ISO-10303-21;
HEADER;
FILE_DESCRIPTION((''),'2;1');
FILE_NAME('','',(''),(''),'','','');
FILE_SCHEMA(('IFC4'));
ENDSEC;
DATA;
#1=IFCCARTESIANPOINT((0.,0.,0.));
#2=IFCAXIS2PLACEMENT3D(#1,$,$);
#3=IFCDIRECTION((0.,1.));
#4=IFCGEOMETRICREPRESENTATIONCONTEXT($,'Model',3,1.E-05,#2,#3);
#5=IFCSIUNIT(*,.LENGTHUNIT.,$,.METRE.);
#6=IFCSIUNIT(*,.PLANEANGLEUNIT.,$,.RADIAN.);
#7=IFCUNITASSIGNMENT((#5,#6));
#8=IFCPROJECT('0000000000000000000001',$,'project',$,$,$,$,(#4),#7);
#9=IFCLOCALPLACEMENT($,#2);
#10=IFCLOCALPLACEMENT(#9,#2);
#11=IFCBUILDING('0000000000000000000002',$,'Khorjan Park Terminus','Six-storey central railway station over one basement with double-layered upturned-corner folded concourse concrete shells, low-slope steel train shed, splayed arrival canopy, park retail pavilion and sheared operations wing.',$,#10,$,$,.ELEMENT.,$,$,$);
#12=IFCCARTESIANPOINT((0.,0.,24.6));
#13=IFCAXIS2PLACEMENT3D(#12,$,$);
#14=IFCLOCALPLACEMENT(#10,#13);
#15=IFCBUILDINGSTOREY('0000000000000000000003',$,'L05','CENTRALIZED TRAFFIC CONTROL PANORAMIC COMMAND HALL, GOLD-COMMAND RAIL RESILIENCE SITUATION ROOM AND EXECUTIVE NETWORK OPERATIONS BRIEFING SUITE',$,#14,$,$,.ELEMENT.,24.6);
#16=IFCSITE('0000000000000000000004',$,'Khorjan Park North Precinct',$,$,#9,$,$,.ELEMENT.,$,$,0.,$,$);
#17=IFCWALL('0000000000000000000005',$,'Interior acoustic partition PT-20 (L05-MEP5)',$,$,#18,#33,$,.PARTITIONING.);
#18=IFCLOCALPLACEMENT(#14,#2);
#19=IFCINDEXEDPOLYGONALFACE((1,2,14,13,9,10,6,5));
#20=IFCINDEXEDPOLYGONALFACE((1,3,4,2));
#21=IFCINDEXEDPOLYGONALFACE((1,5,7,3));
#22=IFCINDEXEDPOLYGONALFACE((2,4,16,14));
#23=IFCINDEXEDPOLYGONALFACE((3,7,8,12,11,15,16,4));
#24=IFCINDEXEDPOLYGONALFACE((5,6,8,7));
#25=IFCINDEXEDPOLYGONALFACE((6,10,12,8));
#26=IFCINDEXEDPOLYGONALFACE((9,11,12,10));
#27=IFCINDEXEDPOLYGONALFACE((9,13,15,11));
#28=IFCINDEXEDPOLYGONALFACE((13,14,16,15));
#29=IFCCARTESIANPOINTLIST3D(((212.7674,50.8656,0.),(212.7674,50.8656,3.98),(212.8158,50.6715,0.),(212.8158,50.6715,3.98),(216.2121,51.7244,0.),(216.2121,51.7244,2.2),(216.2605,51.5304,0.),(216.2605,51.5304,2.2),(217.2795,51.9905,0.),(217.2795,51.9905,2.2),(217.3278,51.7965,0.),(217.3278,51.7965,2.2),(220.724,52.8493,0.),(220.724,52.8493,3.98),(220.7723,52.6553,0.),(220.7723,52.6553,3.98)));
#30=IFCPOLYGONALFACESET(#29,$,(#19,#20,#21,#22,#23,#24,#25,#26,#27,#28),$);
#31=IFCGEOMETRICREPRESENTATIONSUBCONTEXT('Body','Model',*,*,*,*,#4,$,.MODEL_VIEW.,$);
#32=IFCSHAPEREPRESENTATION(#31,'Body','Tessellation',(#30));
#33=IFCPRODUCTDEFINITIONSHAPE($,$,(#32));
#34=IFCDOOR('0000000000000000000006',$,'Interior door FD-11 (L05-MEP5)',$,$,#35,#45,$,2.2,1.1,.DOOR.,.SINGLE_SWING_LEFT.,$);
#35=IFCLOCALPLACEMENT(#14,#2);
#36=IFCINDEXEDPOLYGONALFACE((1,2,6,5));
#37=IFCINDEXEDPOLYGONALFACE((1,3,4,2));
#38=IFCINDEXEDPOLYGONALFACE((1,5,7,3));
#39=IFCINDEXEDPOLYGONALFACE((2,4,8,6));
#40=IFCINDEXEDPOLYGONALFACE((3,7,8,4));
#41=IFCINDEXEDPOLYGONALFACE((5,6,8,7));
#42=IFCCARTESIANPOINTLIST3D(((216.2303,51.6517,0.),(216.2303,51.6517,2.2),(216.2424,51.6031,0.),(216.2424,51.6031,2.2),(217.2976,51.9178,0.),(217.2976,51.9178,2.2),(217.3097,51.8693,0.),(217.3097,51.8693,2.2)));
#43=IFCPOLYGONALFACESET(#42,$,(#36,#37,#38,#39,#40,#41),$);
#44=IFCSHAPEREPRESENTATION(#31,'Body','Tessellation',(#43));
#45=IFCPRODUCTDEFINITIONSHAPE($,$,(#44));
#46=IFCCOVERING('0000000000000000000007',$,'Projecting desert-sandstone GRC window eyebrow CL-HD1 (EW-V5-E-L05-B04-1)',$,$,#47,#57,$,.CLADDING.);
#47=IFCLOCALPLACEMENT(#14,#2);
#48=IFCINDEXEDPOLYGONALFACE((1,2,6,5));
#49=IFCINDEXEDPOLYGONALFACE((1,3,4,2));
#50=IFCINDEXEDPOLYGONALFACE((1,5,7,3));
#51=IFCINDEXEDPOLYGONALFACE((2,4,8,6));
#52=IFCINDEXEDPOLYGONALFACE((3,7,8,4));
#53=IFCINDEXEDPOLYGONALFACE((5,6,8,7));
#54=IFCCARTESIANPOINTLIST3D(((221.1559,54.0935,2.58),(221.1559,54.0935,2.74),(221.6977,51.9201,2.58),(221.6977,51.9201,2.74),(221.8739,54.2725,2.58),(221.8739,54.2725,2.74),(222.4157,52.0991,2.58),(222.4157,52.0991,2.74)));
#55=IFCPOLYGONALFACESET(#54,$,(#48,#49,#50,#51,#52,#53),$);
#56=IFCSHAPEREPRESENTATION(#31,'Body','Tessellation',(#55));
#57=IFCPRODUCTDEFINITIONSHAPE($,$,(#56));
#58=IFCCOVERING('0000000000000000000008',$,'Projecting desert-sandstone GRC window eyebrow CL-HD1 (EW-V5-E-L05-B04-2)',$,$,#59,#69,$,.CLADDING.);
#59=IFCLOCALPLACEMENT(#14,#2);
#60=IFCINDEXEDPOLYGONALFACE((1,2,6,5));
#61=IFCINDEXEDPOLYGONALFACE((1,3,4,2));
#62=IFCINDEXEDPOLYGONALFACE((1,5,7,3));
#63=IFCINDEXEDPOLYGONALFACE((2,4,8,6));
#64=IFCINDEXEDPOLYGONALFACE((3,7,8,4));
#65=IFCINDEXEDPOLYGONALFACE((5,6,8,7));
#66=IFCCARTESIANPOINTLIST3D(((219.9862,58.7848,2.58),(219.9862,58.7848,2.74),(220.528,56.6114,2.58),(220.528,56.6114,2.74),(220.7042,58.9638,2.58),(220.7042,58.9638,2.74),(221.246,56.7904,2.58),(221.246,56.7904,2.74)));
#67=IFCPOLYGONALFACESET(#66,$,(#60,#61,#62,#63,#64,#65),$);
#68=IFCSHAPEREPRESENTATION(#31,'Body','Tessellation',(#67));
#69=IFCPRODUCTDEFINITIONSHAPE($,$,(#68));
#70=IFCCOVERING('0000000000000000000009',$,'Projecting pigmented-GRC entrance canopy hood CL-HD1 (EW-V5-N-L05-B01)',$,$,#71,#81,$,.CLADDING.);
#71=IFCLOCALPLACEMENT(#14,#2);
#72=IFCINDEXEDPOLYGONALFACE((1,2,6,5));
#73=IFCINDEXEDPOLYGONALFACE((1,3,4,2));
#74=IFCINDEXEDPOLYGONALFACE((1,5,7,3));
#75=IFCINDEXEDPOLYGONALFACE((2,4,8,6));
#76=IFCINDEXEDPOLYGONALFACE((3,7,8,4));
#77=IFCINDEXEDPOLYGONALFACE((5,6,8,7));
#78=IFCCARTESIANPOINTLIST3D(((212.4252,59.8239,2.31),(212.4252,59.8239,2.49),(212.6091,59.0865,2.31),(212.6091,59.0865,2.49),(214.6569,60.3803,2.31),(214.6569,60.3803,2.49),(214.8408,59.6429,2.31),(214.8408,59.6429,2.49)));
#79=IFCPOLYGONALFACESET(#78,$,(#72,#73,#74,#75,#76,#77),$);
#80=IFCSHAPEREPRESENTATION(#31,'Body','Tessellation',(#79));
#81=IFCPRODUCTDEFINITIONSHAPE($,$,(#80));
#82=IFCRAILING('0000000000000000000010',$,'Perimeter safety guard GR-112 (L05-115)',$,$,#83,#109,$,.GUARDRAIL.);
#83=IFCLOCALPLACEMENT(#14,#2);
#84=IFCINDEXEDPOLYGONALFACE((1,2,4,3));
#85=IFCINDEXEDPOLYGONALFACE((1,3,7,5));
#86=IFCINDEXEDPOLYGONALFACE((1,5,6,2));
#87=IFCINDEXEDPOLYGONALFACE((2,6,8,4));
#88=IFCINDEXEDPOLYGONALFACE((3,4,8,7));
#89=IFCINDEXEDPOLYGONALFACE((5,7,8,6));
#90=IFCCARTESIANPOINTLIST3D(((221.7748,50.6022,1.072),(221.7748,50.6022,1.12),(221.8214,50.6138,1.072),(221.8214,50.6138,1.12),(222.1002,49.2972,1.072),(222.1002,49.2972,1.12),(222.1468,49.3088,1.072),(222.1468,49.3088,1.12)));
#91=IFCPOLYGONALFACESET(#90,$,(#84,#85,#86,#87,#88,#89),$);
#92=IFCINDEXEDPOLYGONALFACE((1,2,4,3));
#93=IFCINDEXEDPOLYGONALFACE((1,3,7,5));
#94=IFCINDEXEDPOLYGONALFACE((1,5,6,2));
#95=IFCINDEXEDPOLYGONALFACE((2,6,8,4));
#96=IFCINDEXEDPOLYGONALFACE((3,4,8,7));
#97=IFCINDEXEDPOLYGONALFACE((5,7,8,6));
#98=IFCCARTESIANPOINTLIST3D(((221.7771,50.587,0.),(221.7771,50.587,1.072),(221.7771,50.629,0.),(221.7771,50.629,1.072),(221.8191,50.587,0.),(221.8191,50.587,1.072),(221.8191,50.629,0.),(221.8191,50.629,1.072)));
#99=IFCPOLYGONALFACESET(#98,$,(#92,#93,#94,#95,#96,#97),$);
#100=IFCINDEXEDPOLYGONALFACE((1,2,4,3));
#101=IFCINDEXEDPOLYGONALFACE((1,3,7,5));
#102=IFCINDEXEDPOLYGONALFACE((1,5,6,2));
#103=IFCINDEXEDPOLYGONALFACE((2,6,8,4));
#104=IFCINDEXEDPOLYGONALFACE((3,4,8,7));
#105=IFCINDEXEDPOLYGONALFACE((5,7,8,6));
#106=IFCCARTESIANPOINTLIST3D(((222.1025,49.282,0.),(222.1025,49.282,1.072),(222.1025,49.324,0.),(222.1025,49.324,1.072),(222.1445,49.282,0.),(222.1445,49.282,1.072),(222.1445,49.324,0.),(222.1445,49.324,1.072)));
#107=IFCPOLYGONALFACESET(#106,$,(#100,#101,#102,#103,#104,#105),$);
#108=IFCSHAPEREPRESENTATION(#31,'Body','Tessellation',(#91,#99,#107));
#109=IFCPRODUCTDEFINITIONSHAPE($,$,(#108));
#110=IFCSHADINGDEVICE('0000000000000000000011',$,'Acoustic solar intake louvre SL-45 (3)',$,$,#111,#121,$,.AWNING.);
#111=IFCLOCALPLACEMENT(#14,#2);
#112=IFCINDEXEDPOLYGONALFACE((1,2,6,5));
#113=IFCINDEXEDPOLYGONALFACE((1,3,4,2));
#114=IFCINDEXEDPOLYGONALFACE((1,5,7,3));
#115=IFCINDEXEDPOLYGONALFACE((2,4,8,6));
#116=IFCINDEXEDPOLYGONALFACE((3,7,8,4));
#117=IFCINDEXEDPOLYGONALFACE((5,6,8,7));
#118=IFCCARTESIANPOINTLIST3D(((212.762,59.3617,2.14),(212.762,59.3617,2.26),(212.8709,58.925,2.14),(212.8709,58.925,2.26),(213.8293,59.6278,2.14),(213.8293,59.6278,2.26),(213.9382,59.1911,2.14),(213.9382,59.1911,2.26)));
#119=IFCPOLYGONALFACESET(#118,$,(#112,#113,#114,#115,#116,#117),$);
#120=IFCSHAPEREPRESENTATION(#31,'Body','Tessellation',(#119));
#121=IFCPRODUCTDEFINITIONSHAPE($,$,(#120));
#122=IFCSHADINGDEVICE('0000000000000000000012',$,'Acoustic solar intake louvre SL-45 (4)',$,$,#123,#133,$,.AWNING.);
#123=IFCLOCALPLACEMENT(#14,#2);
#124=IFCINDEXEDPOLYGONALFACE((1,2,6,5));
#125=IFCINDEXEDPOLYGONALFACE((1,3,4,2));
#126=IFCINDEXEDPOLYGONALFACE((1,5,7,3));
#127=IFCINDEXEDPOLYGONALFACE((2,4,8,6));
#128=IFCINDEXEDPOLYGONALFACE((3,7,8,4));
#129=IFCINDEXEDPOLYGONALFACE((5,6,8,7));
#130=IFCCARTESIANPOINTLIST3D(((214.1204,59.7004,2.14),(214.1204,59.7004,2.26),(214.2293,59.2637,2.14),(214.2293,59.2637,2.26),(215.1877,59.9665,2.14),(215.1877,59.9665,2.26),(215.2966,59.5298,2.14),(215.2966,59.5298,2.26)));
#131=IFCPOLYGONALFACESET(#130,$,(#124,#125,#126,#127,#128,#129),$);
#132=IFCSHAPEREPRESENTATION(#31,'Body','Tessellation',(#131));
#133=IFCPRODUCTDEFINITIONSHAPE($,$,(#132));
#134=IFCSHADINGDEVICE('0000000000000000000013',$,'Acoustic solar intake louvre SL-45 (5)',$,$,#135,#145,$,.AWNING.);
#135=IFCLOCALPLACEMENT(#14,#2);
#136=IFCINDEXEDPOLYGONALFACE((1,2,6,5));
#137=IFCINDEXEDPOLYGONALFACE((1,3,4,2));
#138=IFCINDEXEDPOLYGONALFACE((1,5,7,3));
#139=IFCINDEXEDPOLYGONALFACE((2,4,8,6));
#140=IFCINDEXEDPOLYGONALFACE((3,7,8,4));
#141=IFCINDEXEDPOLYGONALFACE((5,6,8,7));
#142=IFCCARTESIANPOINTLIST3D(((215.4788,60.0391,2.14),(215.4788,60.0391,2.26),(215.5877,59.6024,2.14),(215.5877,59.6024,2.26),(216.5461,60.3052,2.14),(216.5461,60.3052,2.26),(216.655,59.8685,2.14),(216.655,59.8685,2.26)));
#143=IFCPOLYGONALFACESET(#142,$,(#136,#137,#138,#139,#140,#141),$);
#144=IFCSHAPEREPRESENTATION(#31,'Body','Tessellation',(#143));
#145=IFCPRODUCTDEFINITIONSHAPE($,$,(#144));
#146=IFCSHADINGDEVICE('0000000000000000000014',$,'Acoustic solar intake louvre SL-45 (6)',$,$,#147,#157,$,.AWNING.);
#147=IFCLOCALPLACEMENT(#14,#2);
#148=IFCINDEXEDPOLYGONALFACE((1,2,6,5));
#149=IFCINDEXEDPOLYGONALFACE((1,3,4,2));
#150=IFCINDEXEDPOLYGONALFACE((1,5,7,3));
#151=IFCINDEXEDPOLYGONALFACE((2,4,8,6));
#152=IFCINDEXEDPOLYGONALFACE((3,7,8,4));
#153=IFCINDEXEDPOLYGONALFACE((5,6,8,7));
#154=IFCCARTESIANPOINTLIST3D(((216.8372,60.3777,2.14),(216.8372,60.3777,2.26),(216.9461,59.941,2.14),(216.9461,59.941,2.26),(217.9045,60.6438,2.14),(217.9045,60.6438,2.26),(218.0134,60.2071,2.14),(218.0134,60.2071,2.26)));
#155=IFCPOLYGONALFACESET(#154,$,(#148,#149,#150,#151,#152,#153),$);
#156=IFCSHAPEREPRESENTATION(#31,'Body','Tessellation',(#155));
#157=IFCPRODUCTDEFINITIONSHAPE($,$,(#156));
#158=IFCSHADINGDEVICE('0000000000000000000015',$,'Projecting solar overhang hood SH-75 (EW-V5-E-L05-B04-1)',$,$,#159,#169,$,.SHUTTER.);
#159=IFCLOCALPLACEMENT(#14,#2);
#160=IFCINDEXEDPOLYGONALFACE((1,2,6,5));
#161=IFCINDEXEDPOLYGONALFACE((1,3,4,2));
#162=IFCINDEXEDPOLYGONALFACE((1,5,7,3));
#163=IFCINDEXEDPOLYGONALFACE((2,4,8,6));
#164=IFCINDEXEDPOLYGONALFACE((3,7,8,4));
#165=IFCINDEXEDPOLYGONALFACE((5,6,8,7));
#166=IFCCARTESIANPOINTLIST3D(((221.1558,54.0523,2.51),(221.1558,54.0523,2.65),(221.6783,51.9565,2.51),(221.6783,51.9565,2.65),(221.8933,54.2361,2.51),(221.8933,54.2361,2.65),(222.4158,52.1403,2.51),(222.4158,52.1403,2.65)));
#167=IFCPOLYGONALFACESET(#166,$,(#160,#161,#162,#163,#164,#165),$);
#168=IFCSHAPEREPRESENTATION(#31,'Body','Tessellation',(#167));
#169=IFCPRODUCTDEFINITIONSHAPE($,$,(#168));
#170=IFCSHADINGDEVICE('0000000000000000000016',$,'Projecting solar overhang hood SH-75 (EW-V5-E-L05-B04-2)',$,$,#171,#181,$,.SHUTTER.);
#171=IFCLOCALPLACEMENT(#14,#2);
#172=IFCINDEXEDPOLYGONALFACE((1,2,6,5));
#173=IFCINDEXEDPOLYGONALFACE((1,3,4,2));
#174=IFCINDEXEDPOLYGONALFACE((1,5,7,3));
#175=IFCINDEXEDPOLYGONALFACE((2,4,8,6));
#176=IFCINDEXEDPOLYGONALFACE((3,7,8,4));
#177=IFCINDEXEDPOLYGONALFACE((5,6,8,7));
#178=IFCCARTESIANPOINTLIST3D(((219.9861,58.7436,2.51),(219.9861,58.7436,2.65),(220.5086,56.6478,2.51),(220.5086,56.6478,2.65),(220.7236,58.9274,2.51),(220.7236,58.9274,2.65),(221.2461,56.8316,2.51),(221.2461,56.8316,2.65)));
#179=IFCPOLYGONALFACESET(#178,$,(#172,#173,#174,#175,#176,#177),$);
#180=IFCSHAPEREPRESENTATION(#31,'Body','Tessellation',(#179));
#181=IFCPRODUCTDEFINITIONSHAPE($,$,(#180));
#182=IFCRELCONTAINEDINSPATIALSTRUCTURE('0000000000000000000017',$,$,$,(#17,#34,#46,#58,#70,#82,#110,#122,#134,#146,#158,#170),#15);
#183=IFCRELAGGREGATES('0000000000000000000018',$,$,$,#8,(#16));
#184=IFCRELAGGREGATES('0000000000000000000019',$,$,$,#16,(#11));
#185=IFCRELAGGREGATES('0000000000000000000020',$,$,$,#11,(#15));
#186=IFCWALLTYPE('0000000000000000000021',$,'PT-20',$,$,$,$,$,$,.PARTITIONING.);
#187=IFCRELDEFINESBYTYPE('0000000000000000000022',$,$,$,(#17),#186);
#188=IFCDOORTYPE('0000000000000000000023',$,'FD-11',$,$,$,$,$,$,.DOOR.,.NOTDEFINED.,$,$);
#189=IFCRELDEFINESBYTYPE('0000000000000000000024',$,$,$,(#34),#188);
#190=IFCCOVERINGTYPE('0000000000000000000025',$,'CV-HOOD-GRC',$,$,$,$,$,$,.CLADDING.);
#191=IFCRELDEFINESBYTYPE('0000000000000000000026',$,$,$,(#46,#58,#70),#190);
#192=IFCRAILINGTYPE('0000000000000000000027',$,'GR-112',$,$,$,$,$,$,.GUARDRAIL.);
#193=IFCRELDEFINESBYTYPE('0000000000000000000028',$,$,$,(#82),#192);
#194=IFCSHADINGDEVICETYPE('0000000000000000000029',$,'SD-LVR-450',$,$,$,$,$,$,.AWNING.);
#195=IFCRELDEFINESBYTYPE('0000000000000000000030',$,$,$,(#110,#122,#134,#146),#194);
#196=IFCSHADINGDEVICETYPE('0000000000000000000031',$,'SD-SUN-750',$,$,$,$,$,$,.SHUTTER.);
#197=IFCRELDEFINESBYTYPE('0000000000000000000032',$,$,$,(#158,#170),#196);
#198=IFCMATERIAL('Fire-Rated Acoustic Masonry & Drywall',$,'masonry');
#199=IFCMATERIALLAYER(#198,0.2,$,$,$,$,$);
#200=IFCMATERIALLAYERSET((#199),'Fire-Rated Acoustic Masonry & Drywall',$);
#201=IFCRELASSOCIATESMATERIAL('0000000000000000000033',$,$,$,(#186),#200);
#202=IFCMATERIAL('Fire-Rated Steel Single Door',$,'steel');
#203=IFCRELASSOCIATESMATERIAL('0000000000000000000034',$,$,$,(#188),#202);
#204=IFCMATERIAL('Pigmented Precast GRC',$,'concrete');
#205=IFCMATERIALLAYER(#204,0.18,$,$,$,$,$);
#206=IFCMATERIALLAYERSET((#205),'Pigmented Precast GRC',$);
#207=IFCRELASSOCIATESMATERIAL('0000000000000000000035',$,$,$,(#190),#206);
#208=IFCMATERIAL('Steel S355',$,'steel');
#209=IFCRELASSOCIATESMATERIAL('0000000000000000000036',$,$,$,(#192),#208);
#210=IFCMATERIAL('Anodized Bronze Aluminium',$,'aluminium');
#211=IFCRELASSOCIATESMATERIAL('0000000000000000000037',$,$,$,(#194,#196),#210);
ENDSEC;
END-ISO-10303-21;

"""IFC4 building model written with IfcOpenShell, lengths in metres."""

from ifc_helpers import new_model, si_unit, direction, frame, frame_2d, origin, origin_2d, place, context, subcontext, project, spatial, rectangle, extrude, material, layer, layer_set, type_object, element, fill, save


model = new_model("IFC4")

# Units and contexts
model_context = context("Model", 3, precision=1e-05, world=origin(), true_north=direction((0.0, 1.0)))
body_context = subcontext(model_context, "Body", "Model", "MODEL_VIEW")
ifc_project = project(units=[si_unit("LENGTHUNIT", "METRE"), si_unit("PLANEANGLEUNIT", "RADIAN")], contexts=[model_context])

# Site, building, storey
site_placement = place(None, origin())
site = spatial("IfcSite", under=ifc_project, at=site_placement, Name="Khorjan Park North Precinct", CompositionType="ELEMENT", RefElevation=0.0)
building_placement = place(site_placement, origin())
building = spatial("IfcBuilding", under=site, at=building_placement, Name="Khorjan Park Terminus", Description="Six-storey central railway station over one basement with double-layered upturned-corner folded concourse concrete shells, low-slope steel train shed, splayed arrival canopy, park retail pavilion and sheared operations wing.", CompositionType="ELEMENT")
storey_placement = place(building_placement, frame((0.0, 0.0, 24.6)))
storey = spatial("IfcBuildingStorey", under=building, at=storey_placement, Name="L05", Description="CENTRALIZED TRAFFIC CONTROL PANORAMIC COMMAND HALL, GOLD-COMMAND RAIL RESILIENCE SITUATION ROOM AND EXECUTIVE NETWORK OPERATIONS BRIEFING SUITE", CompositionType="ELEMENT", Elevation=24.6)

# Shared definitions
ifc_material_1 = material(Name="Steel S355", Category="steel")

# Wall, opening, door
ifc_material_2 = material(Name="Fire-Rated Acoustic Masonry & Drywall", Category="masonry")
ifc_layer_1 = layer(ifc_material_2, 0.2)
ifc_layer_set_1 = layer_set([ifc_layer_1], Name="Fire-Rated Acoustic Masonry & Drywall")
wall_type_1 = type_object("IfcWallType", Name="PT-20", PredefinedType="PARTITIONING", material=ifc_layer_set_1)
wall_1_placement = place(storey_placement, frame((220.7482, 52.7523, 0.0), z_axis=(0.0, 0.0, 1.0), x_axis=(-0.970298, -0.241913, 0.0)))
wall_1 = element("IfcWall", 1, at=wall_1_placement, inside=storey, type_object=wall_type_1, Name="Interior acoustic partition PT-20 (L05-MEP5)", PredefinedType="PARTITIONING", context=body_context, shape_type="SweptSolid", body=[
    extrude(rectangle(XDim=8.2001, YDim=0.2, at=frame_2d((4.1001, 0.0))), origin(), (0.0, 0.0, 1.0), 3.98),
])
opening_1_placement = place(wall_1_placement, frame((3.55, 0.0, 0.0)))
opening_1 = element("IfcOpeningElement", 2, at=opening_1_placement, cuts=wall_1, PredefinedType="OPENING", context=body_context, shape_type="SweptSolid", body=[
    extrude(rectangle(XDim=1.1, YDim=2.2, at=frame_2d((0.55, 1.1))), frame((0.0, 0.11, 0.0), z_axis=(0.0, -1.0, 0.0), x_axis=(1.0, 0.0, 0.0)), (0.0, 0.0, 1.0), 0.22),
])
ifc_material_3 = material(Name="Fire-Rated Steel Single Door", Category="steel")
door_type_1 = type_object("IfcDoorType", Name="FD-11", OperationType="NOTDEFINED", PredefinedType="DOOR", material=ifc_material_3)
door_1_placement = place(opening_1_placement, origin())
door_1 = element("IfcDoor", 3, at=door_1_placement, inside=storey, type_object=door_type_1, Name="Interior door FD-11 (L05-MEP5)", OperationType="SINGLE_SWING_LEFT", OverallHeight=2.2, OverallWidth=1.1, PredefinedType="DOOR", context=body_context, shape_type="SweptSolid", body=[
    extrude(rectangle(XDim=1.1, YDim=2.2, at=frame_2d((0.55, 1.1))), frame((0.0, 0.025, 0.0), z_axis=(0.0, -1.0, 0.0), x_axis=(1.0, 0.0, 0.0)), (0.0, 0.0, 1.0), 0.05),
])
fill(opening_1, door_1)

# Coverings
ifc_material_4 = material(Name="Pigmented Precast GRC", Category="concrete")
ifc_layer_2 = layer(ifc_material_4, 0.18)
ifc_layer_set_2 = layer_set([ifc_layer_2], Name="Pigmented Precast GRC")
covering_type = type_object("IfcCoveringType", Name="CV-HOOD-GRC", PredefinedType="CLADDING", material=ifc_layer_set_2)
for number, where, z_axis, x_axis, name in (
    (4, (221.7858, 53.0963, 2.58), (0.0, 0.0, 1.0), (-0.24191, 0.970299, 0.0), "Projecting desert-sandstone GRC window eyebrow CL-HD1 (EW-V5-E-L05-B04-1)"),
    (5, (220.6161, 57.7876, 2.58), (0.0, 0.0, 1.0), (-0.24191, 0.970299, 0.0), "Projecting desert-sandstone GRC window eyebrow CL-HD1 (EW-V5-E-L05-B04-2)"),
):
    element("IfcCovering", number, at=place(storey_placement, frame(where, z_axis=z_axis, x_axis=x_axis)), inside=storey, type_object=covering_type, Name=name, PredefinedType="CLADDING", context=body_context, shape_type="SweptSolid", body=[
        extrude(rectangle(XDim=2.24, YDim=0.74, at=origin_2d()), origin(), (0.0, 0.0, 1.0), 0.16),
    ])
covering_placement = place(storey_placement, frame((213.633, 59.7334, 2.31), z_axis=(0.0, 0.0, 1.0), x_axis=(-0.970295, -0.241924, 0.0)))
element("IfcCovering", 6, at=covering_placement, inside=storey, type_object=covering_type, Name="Projecting pigmented-GRC entrance canopy hood CL-HD1 (EW-V5-N-L05-B01)", PredefinedType="CLADDING", context=body_context, shape_type="SweptSolid", body=[
    extrude(rectangle(XDim=2.3, YDim=0.76, at=origin_2d()), origin(), (0.0, 0.0, 1.0), 0.18),
])

# Railing
railing_type = type_object("IfcRailingType", Name="GR-112", PredefinedType="GUARDRAIL", material=ifc_material_1)
railing_placement = place(storey_placement, frame((221.7981, 50.608, 0.0)))
element("IfcRailing", 7, at=railing_placement, inside=storey, type_object=railing_type, Name="Perimeter safety guard GR-112 (L05-115)", PredefinedType="GUARDRAIL", context=body_context, shape_type="SweptSolid", body=[
    extrude(rectangle(XDim=0.048, YDim=0.048, at=origin_2d()), frame((0.0, 0.0, 1.096), z_axis=(0.241941, -0.970291, 0.0), x_axis=(0.970291, 0.241941, 0.0)), (0.0, 0.0, 1.0), 1.345),
    extrude(rectangle(XDim=0.042, YDim=0.042, at=origin_2d()), origin(), (0.0, 0.0, 1.0), 1.072),
    extrude(rectangle(XDim=0.042, YDim=0.042, at=origin_2d()), frame((0.3254, -1.305, 0.0)), (0.0, 0.0, 1.0), 1.072),
])

# Shading devices
ifc_material_5 = material(Name="Anodized Bronze Aluminium", Category="aluminium")
shading_device_type_1 = type_object("IfcShadingDeviceType", Name="SD-LVR-450", PredefinedType="AWNING", material=ifc_material_5)
for number, where, z_axis, x_axis, name in (
    (8, (213.3501, 59.2764, 2.14), (0.0, 0.0, 1.0), (0.970296, 0.241922, 0.0), "Acoustic solar intake louvre SL-45 (3)"),
    (9, (214.7085, 59.6151, 2.14), (0.0, 0.0, 1.0), (0.970296, 0.241922, 0.0), "Acoustic solar intake louvre SL-45 (4)"),
    (10, (216.0669, 59.9538, 2.14), (0.0, 0.0, 1.0), (0.970296, 0.241922, 0.0), "Acoustic solar intake louvre SL-45 (5)"),
    (11, (217.4253, 60.2924, 2.14), (0.0, 0.0, 1.0), (0.970296, 0.241922, 0.0), "Acoustic solar intake louvre SL-45 (6)"),
):
    element("IfcShadingDevice", number, at=place(storey_placement, frame(where, z_axis=z_axis, x_axis=x_axis)), inside=storey, type_object=shading_device_type_1, Name=name, PredefinedType="AWNING", context=body_context, shape_type="SweptSolid", body=[
        extrude(rectangle(XDim=1.1, YDim=0.45, at=origin_2d()), origin(), (0.0, 0.0, 1.0), 0.12),
    ])
shading_device_type_2 = type_object("IfcShadingDeviceType", Name="SD-SUN-750", PredefinedType="SHUTTER", material=ifc_material_5)
for number, where, z_axis, x_axis, name in (
    (12, (221.7858, 53.0963, 2.51), (0.0, 0.0, 1.0), (-0.24191, 0.970299, 0.0), "Projecting solar overhang hood SH-75 (EW-V5-E-L05-B04-1)"),
    (13, (220.6161, 57.7876, 2.51), (0.0, 0.0, 1.0), (-0.24191, 0.970299, 0.0), "Projecting solar overhang hood SH-75 (EW-V5-E-L05-B04-2)"),
):
    element("IfcShadingDevice", number, at=place(storey_placement, frame(where, z_axis=z_axis, x_axis=x_axis)), inside=storey, type_object=shading_device_type_2, Name=name, PredefinedType="SHUTTER", context=body_context, shape_type="SweptSolid", body=[
        extrude(rectangle(XDim=2.16, YDim=0.76, at=origin_2d()), origin(), (0.0, 0.0, 1.0), 0.14),
    ])

save(model, "model.ifc")
